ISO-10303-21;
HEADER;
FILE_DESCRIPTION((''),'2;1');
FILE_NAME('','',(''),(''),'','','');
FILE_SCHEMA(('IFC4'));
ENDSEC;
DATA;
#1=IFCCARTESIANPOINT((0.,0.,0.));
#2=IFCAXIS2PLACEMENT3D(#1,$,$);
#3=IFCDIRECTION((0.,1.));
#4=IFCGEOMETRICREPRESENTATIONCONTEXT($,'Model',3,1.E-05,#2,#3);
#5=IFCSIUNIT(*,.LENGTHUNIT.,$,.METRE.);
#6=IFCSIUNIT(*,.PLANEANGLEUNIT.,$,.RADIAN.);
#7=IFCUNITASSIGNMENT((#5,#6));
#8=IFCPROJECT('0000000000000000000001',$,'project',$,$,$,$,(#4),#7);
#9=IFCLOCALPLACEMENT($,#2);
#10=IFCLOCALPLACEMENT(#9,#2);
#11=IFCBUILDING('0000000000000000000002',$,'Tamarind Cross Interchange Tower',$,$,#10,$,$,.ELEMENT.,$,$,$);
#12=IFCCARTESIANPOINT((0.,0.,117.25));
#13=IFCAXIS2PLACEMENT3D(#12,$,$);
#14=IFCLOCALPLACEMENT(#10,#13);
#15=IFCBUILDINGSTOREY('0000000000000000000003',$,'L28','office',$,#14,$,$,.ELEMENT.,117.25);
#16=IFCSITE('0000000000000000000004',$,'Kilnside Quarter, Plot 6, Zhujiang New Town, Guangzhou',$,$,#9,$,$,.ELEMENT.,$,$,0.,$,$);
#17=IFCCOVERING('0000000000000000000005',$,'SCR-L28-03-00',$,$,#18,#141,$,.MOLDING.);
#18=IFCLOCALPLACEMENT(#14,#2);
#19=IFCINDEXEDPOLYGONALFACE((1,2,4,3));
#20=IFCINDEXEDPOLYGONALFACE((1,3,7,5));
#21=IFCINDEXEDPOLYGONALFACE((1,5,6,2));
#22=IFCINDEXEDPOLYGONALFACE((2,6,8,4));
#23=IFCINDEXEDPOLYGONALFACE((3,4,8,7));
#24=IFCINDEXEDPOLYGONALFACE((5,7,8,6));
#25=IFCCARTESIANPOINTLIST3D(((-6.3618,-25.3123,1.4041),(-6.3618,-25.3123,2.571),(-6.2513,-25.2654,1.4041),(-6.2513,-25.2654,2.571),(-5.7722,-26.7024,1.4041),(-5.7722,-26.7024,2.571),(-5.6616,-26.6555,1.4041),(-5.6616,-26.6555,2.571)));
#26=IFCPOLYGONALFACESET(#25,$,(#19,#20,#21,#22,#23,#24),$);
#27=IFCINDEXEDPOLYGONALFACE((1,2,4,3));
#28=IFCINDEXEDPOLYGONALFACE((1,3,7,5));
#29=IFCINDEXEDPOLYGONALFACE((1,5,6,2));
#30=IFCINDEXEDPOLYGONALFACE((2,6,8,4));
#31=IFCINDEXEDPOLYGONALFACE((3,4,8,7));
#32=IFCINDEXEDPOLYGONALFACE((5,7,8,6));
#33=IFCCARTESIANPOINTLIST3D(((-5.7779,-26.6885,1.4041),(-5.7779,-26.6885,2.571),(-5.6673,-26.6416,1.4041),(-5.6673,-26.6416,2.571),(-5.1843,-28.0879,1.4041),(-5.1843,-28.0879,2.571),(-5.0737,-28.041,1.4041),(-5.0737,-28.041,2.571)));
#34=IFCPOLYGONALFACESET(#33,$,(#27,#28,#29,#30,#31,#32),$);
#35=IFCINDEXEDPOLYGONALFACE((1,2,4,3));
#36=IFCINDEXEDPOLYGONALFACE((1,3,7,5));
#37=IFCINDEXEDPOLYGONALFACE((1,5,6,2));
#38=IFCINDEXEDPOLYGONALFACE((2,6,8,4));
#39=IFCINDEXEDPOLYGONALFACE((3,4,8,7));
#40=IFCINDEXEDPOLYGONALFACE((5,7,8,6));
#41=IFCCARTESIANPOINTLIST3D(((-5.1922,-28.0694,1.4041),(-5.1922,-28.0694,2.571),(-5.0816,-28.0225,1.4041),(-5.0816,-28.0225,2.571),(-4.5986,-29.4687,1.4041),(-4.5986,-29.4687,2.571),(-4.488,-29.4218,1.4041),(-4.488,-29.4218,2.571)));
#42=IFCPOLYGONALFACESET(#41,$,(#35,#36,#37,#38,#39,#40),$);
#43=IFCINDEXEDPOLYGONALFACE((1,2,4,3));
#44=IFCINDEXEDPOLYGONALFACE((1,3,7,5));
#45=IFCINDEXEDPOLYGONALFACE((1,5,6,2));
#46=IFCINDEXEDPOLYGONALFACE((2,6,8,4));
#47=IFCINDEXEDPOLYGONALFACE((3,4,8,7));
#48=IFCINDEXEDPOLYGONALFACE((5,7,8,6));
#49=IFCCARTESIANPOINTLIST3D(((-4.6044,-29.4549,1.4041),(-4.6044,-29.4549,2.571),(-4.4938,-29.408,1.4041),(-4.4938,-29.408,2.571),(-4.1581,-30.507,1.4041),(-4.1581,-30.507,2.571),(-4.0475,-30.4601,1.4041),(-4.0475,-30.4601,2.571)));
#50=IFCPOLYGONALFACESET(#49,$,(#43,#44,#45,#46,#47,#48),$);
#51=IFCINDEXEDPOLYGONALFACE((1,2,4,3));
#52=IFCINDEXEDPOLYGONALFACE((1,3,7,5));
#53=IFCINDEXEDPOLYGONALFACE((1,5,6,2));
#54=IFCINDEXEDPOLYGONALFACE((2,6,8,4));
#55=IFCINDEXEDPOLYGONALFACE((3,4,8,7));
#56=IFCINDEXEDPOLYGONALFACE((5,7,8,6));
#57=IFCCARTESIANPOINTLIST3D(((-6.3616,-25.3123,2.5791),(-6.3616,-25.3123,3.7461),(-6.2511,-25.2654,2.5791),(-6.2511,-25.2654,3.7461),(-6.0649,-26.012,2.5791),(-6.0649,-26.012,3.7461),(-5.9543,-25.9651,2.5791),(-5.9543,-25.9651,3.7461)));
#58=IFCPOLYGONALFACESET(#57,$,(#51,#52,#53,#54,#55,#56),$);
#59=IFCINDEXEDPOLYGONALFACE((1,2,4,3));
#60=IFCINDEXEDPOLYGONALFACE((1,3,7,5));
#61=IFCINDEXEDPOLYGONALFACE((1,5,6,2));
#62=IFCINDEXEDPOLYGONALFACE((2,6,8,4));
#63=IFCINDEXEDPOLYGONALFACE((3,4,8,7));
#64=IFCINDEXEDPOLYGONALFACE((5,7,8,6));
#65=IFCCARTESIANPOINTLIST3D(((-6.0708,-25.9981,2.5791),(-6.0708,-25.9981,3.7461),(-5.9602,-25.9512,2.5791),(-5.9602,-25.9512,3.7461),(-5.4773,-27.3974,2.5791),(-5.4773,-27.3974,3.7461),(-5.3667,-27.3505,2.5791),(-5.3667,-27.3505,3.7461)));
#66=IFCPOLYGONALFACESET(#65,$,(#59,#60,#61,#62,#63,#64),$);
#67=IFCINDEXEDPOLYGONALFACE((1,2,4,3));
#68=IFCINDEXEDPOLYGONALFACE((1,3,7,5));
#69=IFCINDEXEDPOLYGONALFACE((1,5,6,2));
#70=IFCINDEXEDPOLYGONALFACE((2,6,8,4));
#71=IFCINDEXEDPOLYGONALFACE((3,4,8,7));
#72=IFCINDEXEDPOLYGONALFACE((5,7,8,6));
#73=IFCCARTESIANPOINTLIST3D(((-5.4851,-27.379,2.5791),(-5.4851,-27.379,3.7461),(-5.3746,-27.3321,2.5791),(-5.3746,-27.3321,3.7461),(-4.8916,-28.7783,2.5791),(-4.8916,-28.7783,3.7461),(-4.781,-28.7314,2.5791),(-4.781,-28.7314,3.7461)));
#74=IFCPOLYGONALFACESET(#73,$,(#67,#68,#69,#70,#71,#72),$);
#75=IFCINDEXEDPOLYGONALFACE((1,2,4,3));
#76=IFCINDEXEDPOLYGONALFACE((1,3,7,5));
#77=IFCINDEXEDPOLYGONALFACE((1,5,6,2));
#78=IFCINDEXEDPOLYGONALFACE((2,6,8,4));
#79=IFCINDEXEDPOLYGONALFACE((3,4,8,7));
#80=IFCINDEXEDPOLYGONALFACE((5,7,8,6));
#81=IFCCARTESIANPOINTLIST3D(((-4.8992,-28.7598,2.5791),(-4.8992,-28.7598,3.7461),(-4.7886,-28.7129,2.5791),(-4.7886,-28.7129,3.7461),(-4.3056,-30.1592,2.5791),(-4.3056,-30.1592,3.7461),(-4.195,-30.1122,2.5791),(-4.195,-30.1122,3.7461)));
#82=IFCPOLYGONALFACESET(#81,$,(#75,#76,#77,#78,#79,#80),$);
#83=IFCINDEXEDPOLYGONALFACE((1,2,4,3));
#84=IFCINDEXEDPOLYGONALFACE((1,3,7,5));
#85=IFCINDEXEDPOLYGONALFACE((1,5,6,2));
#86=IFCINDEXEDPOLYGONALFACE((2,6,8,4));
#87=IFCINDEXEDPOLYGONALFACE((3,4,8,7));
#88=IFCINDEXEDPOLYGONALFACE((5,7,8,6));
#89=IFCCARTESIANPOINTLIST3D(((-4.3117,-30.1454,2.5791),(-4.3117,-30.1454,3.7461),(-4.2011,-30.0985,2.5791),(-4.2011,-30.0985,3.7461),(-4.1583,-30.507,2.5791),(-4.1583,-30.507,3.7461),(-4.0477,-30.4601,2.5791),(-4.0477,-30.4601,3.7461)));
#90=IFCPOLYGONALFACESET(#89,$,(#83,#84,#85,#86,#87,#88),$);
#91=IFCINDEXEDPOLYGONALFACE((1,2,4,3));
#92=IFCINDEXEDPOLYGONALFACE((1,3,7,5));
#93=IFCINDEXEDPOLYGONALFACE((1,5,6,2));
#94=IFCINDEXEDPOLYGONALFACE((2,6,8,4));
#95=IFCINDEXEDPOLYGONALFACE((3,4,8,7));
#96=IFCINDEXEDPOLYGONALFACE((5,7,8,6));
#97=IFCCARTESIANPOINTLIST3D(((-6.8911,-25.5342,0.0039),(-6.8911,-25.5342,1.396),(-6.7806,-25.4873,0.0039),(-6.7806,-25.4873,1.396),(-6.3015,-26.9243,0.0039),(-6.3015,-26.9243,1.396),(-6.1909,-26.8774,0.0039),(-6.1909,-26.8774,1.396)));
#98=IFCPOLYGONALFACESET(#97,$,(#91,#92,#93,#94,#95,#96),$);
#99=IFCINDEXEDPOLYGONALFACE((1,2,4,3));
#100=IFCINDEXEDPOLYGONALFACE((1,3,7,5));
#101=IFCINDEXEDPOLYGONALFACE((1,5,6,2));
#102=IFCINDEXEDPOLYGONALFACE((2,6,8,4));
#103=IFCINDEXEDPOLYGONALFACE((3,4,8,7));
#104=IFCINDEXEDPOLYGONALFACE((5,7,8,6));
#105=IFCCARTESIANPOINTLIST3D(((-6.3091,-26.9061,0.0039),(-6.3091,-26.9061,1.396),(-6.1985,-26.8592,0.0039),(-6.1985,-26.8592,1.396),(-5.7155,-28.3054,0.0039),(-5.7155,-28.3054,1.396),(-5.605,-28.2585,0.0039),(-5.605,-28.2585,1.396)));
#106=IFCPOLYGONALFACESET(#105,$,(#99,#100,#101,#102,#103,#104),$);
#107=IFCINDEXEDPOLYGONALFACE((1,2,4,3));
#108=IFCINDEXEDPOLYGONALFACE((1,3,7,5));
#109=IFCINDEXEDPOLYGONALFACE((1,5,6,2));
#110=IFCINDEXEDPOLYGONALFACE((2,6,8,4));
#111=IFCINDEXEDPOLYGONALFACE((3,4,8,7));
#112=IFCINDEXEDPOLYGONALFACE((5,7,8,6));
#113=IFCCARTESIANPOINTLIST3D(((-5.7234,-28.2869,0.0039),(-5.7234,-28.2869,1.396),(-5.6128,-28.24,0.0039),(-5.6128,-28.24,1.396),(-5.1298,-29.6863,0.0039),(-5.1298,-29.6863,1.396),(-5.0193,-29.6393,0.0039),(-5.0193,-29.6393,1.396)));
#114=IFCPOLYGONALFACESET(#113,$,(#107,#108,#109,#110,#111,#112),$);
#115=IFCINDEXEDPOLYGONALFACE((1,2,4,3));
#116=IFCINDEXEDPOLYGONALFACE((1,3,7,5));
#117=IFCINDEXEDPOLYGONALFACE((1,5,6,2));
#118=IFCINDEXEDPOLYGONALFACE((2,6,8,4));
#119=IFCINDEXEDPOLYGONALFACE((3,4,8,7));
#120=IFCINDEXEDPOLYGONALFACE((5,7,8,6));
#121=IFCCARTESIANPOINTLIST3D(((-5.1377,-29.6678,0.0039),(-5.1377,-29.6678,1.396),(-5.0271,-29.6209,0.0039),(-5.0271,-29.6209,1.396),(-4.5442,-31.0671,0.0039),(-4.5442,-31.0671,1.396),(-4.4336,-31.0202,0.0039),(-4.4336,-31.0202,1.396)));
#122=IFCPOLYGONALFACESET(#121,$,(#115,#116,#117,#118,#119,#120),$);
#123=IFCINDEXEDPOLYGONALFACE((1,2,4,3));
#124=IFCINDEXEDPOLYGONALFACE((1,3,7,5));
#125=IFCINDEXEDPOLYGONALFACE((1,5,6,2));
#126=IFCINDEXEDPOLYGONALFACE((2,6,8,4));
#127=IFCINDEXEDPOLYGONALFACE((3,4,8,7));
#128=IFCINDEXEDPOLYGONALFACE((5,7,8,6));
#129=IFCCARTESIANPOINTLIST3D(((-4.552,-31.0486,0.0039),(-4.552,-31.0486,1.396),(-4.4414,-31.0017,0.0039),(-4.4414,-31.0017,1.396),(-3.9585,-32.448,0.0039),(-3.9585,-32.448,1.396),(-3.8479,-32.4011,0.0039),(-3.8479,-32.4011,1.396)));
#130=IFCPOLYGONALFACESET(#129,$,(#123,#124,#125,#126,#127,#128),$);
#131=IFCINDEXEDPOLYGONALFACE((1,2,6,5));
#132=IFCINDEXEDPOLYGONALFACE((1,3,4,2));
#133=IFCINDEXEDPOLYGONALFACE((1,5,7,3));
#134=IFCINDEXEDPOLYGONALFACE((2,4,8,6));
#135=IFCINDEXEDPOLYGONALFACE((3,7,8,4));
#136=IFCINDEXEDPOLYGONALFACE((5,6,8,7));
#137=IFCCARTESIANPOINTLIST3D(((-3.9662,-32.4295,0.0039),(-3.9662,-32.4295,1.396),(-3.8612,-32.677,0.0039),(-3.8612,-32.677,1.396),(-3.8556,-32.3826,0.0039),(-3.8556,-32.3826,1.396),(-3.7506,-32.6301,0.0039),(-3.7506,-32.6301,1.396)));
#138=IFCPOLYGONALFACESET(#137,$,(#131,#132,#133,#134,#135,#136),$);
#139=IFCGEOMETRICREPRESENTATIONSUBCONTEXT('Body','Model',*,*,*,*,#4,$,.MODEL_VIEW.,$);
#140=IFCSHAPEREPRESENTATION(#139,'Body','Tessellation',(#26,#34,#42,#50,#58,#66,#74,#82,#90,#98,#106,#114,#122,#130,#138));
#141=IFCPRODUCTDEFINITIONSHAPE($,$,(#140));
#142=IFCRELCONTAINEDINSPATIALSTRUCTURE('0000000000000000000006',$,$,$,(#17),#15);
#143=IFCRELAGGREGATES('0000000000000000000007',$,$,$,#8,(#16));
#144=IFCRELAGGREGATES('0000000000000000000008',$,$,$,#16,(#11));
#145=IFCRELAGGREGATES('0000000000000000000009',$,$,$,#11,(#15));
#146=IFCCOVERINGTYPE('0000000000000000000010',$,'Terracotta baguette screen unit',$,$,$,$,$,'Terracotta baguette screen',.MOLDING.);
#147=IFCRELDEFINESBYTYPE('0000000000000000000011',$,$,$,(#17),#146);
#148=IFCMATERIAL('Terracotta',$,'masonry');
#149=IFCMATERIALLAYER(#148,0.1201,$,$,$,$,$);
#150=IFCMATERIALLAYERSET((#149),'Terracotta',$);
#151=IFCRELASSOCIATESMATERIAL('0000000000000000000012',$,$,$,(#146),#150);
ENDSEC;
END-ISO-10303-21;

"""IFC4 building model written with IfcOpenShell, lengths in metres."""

from ifc_helpers import new_model, si_unit, direction, frame, origin, origin_2d, place, context, subcontext, project, spatial, rectangle, extrude, material, layer, layer_set, type_object, element, save


model = new_model("IFC4")

# Units and contexts
model_context = context("Model", 3, precision=1e-05, world=origin(), true_north=direction((0.0, 1.0)))
body_context = subcontext(model_context, "Body", "Model", "MODEL_VIEW")
ifc_project = project(units=[si_unit("LENGTHUNIT", "METRE"), si_unit("PLANEANGLEUNIT", "RADIAN")], contexts=[model_context])

# Site, building, storey
site_placement = place(None, origin())
site = spatial("IfcSite", under=ifc_project, at=site_placement, Name="Kilnside Quarter, Plot 6, Zhujiang New Town, Guangzhou", CompositionType="ELEMENT", RefElevation=0.0)
building_placement = place(site_placement, origin())
building = spatial("IfcBuilding", under=site, at=building_placement, Name="Tamarind Cross Interchange Tower", CompositionType="ELEMENT")
storey_placement = place(building_placement, frame((0.0, 0.0, 117.25)))
storey = spatial("IfcBuildingStorey", under=building, at=storey_placement, Name="L28", Description="office", CompositionType="ELEMENT", Elevation=117.25)

# Covering
ifc_material_1 = material(Name="Terracotta", Category="masonry")
ifc_layer_1 = layer(ifc_material_1, 0.1201)
ifc_layer_set_1 = layer_set([ifc_layer_1], Name="Terracotta")
covering_type = type_object("IfcCoveringType", Name="Terracotta baguette screen unit", ElementType="Terracotta baguette screen", PredefinedType="MOLDING", material=ifc_layer_set_1)
covering_1_placement = place(storey_placement, origin())
element("IfcCovering", 1, at=covering_1_placement, inside=storey, type_object=covering_type, Name="SCR-L28-03-00", PredefinedType="MOLDING", context=body_context, shape_type="SweptSolid", body=[
    extrude(rectangle(XDim=1.51, YDim=0.1201, at=origin_2d()), frame((-6.0117, -25.9839, 1.4041), z_axis=(0.0, 0.0, 1.0), x_axis=(0.3905, -0.920603, 0.0)), (0.0, 0.0, 1.0), 1.167),
    extrude(rectangle(XDim=1.52, YDim=0.1201, at=origin_2d()), frame((-5.4258, -27.3647, 1.4041), z_axis=(0.0, 0.0, 1.0), x_axis=(0.3905, -0.920603, 0.0)), (0.0, 0.0, 1.0), 1.167),
    extrude(rectangle(XDim=1.52, YDim=0.1201, at=origin_2d()), frame((-4.8401, -28.7456, 1.4041), z_axis=(0.0, 0.0, 1.0), x_axis=(0.3905, -0.920603, 0.0)), (0.0, 0.0, 1.0), 1.167),
    extrude(rectangle(XDim=1.1428, YDim=0.1201, at=origin_2d()), frame((-4.3259, -29.9575, 1.4041), z_axis=(0.0, 0.0, 1.0), x_axis=(0.3905, -0.920603, 0.0)), (0.0, 0.0, 1.0), 1.167),
    extrude(rectangle(XDim=0.76, YDim=0.1201, at=origin_2d()), frame((-6.158, -25.6387, 2.5791), z_axis=(0.0, 0.0, 1.0), x_axis=(0.3905, -0.920603, 0.0)), (0.0, 0.0, 1.0), 1.167),
    extrude(rectangle(XDim=1.52, YDim=0.1201, at=origin_2d()), frame((-5.7188, -26.6743, 2.5791), z_axis=(0.0, 0.0, 1.0), x_axis=(0.3905, -0.920603, 0.0)), (0.0, 0.0, 1.0), 1.167),
    extrude(rectangle(XDim=1.52, YDim=0.1201, at=origin_2d()), frame((-5.1331, -28.0552, 2.5791), z_axis=(0.0, 0.0, 1.0), x_axis=(0.3905, -0.920603, 0.0)), (0.0, 0.0, 1.0), 1.167),
    extrude(rectangle(XDim=1.52, YDim=0.1201, at=origin_2d()), frame((-4.5471, -29.436, 2.5791), z_axis=(0.0, 0.0, 1.0), x_axis=(0.3905, -0.920603, 0.0)), (0.0, 0.0, 1.0), 1.167),
    extrude(rectangle(XDim=0.3928, YDim=0.1201, at=origin_2d()), frame((-4.1797, -30.3027, 2.5791), z_axis=(0.0, 0.0, 1.0), x_axis=(0.3905, -0.920603, 0.0)), (0.0, 0.0, 1.0), 1.167),
    extrude(rectangle(XDim=1.51, YDim=0.1201, at=origin_2d()), frame((-6.541, -26.2058, 0.0039), z_axis=(0.0, 0.0, 1.0), x_axis=(0.3905, -0.920603, 0.0)), (0.0, 0.0, 1.0), 1.3921),
    extrude(rectangle(XDim=1.52, YDim=0.1201, at=origin_2d()), frame((-5.957, -27.5823, 0.0039), z_axis=(0.0, 0.0, 1.0), x_axis=(0.3905, -0.920603, 0.0)), (0.0, 0.0, 1.0), 1.3921),
    extrude(rectangle(XDim=1.52, YDim=0.1201, at=origin_2d()), frame((-5.3713, -28.9631, 0.0039), z_axis=(0.0, 0.0, 1.0), x_axis=(0.3905, -0.920603, 0.0)), (0.0, 0.0, 1.0), 1.3921),
    extrude(rectangle(XDim=1.52, YDim=0.1201, at=origin_2d()), frame((-4.7856, -30.344, 0.0039), z_axis=(0.0, 0.0, 1.0), x_axis=(0.3905, -0.920603, 0.0)), (0.0, 0.0, 1.0), 1.3921),
    extrude(rectangle(XDim=1.52, YDim=0.1201, at=origin_2d()), frame((-4.2, -31.7249, 0.0039), z_axis=(0.0, 0.0, 1.0), x_axis=(0.3905, -0.920603, 0.0)), (0.0, 0.0, 1.0), 1.3921),
    extrude(rectangle(XDim=0.2688, YDim=0.1201, at=origin_2d()), frame((-3.8584, -32.5298, 0.0039), z_axis=(0.0, 0.0, 1.0), x_axis=(0.3905, -0.920603, 0.0)), (0.0, 0.0, 1.0), 1.3921),
])

save(model, "model.ifc")
